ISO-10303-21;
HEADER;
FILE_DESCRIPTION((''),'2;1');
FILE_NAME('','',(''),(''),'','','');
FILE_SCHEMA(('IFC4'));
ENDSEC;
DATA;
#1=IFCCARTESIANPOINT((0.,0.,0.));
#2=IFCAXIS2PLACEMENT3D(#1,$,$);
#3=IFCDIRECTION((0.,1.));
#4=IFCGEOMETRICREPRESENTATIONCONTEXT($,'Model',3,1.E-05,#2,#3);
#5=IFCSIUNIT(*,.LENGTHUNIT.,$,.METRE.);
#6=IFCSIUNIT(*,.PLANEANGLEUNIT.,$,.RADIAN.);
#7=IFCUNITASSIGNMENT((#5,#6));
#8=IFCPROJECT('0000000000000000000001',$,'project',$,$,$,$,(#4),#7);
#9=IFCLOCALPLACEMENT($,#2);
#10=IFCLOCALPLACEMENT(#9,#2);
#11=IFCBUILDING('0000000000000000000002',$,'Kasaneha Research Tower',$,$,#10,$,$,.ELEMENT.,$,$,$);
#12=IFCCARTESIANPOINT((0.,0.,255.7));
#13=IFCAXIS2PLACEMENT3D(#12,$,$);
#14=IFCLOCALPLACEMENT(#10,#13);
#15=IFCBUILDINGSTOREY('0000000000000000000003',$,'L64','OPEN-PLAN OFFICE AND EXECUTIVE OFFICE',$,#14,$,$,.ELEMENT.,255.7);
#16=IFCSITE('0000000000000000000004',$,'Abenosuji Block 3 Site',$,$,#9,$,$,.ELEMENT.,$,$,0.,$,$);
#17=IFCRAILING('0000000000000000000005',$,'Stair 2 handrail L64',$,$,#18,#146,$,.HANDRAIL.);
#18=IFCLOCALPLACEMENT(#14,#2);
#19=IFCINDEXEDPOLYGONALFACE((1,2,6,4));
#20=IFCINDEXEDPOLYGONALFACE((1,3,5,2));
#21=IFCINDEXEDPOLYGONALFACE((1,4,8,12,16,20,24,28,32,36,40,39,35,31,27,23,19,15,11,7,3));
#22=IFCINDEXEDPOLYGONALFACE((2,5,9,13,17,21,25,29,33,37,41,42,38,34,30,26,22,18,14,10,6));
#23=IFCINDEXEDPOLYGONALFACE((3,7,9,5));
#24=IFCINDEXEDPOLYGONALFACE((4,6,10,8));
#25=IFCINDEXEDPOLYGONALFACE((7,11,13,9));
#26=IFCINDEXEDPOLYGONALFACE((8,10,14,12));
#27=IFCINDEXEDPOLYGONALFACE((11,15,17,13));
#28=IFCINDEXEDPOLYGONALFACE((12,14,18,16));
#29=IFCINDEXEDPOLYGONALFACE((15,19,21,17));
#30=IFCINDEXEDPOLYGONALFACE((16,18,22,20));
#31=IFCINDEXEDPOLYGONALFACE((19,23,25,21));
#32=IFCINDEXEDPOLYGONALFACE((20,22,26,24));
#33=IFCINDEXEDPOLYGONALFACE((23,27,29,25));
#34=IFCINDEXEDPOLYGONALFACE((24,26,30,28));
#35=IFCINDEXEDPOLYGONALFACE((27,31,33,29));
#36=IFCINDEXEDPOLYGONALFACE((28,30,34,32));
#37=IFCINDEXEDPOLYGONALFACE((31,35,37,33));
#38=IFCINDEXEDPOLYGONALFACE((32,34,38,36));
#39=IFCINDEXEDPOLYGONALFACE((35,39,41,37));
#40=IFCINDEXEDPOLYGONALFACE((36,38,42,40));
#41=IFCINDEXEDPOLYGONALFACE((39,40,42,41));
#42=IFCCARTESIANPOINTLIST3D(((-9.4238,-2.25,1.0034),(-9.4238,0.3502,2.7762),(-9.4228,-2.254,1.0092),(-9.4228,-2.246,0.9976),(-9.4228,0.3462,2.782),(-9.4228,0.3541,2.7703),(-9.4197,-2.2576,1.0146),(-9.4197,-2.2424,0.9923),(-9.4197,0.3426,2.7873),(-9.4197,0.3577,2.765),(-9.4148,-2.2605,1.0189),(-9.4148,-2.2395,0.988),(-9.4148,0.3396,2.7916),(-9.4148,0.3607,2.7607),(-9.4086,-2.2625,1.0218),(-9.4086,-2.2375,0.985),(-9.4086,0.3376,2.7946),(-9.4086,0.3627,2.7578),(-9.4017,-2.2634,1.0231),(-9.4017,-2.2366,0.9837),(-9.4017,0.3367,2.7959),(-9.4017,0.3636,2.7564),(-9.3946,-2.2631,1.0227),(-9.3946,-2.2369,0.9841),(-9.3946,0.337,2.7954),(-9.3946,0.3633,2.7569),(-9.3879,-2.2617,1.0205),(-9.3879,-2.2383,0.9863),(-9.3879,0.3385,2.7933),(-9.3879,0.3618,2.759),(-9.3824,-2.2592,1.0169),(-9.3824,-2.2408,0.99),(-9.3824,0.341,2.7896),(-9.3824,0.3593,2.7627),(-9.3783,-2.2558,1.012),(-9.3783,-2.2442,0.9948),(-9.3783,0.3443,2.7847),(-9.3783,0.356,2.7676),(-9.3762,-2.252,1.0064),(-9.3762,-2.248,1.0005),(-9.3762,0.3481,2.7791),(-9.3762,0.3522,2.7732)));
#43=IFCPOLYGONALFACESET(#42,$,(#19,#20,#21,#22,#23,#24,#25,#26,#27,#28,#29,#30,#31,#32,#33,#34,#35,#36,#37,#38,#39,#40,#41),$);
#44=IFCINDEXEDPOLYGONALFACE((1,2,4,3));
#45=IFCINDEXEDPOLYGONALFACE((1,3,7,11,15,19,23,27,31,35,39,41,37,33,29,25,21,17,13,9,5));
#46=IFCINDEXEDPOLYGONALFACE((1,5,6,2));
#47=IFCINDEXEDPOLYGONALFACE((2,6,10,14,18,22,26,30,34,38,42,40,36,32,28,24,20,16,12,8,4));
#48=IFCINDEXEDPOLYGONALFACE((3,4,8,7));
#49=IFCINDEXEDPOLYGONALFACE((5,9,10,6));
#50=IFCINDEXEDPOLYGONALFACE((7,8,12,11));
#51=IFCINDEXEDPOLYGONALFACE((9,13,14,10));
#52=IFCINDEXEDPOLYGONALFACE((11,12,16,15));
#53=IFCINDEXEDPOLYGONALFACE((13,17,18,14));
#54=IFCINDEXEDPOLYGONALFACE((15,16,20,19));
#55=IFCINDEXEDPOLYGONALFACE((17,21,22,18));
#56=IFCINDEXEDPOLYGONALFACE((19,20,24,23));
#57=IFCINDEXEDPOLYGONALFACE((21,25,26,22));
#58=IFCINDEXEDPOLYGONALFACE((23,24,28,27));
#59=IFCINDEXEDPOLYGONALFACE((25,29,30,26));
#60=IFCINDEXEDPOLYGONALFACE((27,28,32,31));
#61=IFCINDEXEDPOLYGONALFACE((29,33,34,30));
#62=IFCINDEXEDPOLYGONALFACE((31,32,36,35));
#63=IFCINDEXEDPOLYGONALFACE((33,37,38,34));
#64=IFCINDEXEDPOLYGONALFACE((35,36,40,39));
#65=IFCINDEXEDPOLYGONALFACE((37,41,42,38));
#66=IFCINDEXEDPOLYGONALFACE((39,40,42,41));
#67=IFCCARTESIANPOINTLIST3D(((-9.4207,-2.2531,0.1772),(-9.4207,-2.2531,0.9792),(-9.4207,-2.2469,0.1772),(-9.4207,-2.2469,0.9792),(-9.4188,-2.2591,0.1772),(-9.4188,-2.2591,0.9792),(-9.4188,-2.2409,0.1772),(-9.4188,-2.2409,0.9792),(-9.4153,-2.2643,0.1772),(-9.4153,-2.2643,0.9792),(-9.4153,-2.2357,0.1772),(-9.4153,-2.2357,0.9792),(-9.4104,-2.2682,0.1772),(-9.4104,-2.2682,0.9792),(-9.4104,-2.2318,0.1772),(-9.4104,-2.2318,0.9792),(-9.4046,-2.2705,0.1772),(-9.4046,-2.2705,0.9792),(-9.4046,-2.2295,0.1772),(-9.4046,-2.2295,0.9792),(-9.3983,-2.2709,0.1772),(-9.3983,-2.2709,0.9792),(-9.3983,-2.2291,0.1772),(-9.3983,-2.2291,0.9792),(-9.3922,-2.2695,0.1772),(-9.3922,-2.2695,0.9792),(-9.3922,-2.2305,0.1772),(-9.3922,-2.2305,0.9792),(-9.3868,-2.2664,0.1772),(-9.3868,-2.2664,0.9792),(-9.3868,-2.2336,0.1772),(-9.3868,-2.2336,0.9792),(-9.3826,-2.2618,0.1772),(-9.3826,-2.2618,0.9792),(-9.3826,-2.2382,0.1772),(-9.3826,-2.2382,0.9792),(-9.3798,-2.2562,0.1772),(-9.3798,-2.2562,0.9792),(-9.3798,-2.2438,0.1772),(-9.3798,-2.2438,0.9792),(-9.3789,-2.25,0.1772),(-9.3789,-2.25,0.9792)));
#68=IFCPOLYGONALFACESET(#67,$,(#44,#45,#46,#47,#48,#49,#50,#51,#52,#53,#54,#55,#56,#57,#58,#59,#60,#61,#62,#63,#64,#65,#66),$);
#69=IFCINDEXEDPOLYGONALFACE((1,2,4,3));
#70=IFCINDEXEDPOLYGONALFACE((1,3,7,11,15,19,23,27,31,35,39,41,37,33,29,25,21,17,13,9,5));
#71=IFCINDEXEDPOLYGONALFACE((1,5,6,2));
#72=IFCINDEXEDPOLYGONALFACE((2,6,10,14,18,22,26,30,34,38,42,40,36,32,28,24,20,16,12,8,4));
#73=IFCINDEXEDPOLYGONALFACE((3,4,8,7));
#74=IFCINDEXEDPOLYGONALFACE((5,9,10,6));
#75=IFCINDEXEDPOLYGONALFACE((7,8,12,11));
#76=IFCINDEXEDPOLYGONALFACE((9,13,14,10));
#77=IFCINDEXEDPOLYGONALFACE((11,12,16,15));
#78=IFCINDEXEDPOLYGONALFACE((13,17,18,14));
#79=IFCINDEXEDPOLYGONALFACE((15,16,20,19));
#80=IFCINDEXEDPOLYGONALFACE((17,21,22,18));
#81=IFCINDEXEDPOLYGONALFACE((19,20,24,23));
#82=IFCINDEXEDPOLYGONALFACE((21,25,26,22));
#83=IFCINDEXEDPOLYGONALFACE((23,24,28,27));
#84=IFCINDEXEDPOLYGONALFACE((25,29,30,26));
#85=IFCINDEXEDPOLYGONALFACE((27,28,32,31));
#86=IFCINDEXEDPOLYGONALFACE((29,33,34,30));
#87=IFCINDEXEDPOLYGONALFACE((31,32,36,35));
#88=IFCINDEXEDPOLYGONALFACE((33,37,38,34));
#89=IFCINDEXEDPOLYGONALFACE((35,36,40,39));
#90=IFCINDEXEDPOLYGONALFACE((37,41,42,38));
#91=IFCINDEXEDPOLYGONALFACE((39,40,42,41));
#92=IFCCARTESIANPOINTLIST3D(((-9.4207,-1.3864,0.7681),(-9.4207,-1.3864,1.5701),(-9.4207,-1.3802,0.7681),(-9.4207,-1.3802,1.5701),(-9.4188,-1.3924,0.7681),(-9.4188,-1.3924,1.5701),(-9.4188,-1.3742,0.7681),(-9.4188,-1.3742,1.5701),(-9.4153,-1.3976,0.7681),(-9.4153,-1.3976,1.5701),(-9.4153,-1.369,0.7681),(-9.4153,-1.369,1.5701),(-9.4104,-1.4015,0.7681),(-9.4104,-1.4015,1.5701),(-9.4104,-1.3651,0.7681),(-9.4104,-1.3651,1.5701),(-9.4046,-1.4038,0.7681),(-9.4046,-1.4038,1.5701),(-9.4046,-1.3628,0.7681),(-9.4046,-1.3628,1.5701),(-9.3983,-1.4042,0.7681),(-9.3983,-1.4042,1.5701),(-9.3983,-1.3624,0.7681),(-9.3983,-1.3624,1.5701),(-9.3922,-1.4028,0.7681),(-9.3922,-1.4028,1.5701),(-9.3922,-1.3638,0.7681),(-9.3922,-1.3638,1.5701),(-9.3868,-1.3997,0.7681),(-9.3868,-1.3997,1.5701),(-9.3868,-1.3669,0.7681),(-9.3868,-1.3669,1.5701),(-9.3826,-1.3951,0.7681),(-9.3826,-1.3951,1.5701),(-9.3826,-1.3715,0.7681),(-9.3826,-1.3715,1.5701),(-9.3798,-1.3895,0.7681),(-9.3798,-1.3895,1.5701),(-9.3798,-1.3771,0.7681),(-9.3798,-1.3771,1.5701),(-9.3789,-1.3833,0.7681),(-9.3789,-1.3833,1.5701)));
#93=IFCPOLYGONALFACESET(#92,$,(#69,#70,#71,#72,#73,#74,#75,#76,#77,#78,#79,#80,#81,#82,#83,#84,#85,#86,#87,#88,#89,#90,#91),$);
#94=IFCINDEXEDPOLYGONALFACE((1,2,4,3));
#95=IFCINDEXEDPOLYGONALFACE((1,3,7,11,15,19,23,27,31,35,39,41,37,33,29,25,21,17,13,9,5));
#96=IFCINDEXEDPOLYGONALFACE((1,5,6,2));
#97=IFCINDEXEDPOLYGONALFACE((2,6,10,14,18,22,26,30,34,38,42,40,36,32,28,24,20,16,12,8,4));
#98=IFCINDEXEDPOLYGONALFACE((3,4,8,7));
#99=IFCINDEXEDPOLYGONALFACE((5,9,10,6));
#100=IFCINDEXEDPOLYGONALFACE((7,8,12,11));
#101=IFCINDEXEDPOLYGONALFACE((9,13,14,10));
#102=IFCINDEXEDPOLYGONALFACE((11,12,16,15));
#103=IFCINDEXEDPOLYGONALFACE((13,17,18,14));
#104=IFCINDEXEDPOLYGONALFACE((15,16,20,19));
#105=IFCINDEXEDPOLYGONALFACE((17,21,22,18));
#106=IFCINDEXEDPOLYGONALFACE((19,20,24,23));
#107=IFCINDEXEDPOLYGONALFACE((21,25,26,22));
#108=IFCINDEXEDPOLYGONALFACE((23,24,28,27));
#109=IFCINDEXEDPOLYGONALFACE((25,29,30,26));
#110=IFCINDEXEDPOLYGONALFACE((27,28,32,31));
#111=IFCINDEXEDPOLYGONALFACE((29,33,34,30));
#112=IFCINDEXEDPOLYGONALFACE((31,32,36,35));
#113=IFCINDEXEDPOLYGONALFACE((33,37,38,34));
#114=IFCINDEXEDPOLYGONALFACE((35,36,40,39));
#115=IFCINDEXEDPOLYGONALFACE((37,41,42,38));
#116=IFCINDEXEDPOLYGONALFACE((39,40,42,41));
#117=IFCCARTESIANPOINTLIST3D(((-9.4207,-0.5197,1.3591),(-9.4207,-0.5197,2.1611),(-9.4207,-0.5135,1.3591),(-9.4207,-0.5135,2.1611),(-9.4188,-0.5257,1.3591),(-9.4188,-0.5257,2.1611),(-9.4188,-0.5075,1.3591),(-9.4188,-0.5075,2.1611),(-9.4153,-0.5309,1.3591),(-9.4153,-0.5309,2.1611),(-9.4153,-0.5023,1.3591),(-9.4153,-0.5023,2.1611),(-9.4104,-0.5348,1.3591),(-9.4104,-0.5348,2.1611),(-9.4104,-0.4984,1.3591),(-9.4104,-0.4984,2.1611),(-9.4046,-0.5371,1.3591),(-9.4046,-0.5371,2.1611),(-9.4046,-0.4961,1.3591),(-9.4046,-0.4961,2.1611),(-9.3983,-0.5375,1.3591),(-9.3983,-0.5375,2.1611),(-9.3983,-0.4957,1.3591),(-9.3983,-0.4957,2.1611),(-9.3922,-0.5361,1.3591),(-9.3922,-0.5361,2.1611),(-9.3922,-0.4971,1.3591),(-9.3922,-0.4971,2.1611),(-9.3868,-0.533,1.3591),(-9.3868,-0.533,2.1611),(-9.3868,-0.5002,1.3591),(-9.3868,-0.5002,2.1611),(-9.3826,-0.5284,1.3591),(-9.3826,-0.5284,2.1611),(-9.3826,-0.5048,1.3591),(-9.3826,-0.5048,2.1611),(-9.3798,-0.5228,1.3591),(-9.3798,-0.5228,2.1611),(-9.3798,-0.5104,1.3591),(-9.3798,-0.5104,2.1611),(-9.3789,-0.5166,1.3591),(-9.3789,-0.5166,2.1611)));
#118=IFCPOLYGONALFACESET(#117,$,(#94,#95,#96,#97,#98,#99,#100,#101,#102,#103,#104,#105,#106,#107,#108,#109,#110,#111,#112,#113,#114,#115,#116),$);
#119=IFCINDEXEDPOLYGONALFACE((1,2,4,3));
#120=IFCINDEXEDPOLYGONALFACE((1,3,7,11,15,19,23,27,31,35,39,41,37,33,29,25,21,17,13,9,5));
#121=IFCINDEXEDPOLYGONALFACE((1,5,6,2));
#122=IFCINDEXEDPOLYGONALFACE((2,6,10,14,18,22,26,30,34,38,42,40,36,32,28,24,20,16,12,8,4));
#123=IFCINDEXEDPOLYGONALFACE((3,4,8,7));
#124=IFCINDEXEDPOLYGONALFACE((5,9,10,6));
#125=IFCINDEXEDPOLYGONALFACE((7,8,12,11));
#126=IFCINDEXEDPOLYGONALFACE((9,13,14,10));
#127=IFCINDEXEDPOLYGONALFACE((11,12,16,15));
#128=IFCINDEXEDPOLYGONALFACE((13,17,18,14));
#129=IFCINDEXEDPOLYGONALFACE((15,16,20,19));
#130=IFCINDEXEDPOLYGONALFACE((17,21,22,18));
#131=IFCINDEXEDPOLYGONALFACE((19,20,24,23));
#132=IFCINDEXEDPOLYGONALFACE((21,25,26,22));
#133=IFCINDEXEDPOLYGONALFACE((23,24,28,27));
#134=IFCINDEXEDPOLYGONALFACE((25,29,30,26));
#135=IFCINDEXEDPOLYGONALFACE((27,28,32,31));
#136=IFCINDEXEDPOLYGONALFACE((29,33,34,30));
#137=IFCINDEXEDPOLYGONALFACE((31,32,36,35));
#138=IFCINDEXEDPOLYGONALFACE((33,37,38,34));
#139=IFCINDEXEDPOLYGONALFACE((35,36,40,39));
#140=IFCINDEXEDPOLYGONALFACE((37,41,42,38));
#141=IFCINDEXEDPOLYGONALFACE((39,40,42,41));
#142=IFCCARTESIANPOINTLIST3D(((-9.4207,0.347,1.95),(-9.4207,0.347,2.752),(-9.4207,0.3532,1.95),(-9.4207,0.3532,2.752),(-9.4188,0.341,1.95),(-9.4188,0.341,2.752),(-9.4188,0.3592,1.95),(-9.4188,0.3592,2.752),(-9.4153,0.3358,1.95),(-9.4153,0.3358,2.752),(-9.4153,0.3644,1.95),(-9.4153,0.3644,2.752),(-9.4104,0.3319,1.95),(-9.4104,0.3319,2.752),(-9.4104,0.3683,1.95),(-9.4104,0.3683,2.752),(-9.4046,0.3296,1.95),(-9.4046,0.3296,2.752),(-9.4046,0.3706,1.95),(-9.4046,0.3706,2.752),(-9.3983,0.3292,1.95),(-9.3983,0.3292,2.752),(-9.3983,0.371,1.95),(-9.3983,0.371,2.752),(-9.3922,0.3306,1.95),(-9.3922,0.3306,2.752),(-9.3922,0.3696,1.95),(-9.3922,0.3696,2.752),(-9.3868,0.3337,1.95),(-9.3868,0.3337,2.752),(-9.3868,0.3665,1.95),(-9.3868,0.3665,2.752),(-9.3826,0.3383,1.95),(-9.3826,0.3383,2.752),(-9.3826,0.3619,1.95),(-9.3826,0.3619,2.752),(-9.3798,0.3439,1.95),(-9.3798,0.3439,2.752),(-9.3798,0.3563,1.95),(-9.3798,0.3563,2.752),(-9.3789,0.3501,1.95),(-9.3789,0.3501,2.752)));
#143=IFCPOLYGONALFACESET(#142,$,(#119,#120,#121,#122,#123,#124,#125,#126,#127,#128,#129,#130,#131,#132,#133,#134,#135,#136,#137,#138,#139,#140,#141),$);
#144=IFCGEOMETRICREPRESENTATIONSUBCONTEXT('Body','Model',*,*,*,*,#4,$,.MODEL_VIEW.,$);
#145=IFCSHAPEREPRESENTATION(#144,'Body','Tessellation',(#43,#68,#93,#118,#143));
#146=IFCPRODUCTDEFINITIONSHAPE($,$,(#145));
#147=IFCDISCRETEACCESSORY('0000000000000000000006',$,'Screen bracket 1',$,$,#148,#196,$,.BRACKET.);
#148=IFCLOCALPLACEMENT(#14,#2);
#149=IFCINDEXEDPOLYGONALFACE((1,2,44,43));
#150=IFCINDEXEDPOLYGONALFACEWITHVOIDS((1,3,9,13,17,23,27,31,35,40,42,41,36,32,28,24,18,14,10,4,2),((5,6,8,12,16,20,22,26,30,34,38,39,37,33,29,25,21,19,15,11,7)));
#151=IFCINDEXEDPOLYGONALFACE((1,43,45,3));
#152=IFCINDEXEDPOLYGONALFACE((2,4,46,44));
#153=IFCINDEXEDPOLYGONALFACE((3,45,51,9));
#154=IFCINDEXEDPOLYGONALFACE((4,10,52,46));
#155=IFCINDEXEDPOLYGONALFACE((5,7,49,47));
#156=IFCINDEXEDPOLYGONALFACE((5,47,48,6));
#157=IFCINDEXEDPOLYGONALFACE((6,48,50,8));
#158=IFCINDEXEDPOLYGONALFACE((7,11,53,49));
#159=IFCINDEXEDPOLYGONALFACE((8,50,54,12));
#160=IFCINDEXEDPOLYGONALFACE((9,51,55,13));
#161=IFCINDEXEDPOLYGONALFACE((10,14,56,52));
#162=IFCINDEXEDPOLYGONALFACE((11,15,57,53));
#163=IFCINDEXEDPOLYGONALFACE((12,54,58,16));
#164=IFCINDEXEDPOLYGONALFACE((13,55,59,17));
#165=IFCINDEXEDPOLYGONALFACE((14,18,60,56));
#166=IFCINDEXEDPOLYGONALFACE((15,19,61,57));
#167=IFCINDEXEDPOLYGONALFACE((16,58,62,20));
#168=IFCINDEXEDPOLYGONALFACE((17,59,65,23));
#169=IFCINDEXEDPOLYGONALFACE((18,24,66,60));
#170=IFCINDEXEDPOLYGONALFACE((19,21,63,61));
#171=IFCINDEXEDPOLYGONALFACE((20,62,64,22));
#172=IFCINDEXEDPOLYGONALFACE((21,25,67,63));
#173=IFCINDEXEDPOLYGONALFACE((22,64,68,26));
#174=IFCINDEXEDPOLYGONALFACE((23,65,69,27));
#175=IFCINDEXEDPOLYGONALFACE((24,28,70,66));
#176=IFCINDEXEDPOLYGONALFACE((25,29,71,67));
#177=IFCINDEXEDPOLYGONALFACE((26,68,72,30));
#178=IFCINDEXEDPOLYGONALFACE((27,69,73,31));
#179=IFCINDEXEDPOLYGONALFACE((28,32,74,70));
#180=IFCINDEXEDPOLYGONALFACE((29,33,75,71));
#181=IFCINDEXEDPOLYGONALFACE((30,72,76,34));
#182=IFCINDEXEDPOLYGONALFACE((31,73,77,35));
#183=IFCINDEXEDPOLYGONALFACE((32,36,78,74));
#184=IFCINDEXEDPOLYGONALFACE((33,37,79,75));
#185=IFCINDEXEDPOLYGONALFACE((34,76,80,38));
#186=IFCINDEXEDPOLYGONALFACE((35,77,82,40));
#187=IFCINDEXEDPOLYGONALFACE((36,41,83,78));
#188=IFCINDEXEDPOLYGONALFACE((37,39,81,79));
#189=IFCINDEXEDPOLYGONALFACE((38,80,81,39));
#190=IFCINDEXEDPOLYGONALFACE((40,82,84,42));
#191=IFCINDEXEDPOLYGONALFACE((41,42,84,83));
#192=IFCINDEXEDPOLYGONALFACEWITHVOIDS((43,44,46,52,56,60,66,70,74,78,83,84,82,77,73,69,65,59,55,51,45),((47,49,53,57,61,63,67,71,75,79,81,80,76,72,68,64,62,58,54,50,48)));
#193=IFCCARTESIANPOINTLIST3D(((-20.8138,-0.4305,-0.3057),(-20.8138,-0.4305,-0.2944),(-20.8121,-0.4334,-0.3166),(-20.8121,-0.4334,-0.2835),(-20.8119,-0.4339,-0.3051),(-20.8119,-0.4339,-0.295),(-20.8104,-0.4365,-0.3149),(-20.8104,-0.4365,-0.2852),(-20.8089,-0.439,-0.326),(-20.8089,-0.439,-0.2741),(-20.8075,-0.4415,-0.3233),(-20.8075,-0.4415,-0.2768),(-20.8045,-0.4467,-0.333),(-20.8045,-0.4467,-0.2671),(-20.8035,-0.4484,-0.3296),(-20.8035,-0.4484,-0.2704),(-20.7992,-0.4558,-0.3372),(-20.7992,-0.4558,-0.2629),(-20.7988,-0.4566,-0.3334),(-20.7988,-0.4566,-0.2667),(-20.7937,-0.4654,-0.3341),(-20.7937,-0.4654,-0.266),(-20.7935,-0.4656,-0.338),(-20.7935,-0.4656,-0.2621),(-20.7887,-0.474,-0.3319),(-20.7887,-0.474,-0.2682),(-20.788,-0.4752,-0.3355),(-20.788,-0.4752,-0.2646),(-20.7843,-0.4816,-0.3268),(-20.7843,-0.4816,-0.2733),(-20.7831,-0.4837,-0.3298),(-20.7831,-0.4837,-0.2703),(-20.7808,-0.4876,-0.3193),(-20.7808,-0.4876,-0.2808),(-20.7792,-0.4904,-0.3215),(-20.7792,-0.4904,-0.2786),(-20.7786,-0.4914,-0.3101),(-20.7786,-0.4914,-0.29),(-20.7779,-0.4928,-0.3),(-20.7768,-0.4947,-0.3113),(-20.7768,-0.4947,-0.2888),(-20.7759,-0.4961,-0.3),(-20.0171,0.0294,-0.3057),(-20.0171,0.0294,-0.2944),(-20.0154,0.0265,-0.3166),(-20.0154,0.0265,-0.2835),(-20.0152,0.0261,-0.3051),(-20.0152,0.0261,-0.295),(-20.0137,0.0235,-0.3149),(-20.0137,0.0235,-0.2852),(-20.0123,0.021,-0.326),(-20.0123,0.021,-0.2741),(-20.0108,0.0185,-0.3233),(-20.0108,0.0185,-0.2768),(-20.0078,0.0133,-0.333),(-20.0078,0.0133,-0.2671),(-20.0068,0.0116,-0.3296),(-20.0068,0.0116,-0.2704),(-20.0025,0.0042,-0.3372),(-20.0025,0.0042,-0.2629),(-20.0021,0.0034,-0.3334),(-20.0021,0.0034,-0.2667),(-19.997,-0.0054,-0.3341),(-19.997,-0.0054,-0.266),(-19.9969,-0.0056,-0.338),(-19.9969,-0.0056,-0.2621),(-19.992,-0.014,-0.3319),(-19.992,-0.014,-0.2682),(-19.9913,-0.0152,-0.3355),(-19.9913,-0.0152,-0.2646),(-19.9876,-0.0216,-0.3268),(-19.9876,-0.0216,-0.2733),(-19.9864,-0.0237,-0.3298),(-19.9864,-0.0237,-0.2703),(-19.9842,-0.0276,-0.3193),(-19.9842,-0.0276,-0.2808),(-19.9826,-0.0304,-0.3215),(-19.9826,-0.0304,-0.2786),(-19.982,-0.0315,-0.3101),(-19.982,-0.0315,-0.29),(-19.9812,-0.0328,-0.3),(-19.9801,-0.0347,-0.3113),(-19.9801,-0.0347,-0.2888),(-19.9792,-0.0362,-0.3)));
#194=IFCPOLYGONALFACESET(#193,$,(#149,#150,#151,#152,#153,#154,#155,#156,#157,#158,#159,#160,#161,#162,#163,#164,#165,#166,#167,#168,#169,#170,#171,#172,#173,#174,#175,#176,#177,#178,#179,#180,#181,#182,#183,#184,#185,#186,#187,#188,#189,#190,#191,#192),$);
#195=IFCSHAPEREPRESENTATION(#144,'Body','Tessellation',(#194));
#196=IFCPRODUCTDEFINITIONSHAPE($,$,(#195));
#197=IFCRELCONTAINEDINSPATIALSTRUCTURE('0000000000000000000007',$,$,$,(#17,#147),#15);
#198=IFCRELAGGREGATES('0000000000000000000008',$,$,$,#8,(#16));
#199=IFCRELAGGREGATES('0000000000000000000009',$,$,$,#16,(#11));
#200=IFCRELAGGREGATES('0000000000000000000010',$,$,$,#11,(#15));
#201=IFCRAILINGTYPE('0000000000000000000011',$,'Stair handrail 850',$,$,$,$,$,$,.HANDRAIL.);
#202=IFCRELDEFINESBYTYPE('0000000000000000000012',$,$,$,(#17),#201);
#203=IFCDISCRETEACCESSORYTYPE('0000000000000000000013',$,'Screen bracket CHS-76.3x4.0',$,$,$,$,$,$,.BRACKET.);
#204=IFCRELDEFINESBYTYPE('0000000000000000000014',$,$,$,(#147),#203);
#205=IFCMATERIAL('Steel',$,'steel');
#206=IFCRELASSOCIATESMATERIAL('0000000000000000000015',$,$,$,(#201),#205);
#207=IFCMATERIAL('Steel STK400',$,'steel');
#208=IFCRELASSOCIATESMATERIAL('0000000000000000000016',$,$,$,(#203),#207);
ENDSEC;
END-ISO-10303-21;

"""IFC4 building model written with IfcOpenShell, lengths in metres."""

from ifc_helpers import new_model, si_unit, direction, frame, origin, origin_2d, place, context, subcontext, project, spatial, circle, hollow_circle, extrude, material, material_profile, profile_set, type_object, element, save


model = new_model("IFC4")

# Units and contexts
model_context = context("Model", 3, precision=1e-05, world=origin(), true_north=direction((0.0, 1.0)))
body_context = subcontext(model_context, "Body", "Model", "MODEL_VIEW")
ifc_project = project(units=[si_unit("LENGTHUNIT", "METRE"), si_unit("PLANEANGLEUNIT", "RADIAN")], contexts=[model_context])

# Site, building, storey
site_placement = place(None, origin())
site = spatial("IfcSite", under=ifc_project, at=site_placement, Name="Abenosuji Block 3 Site", CompositionType="ELEMENT", RefElevation=0.0)
building_placement = place(site_placement, origin())
building = spatial("IfcBuilding", under=site, at=building_placement, Name="Kasaneha Research Tower", CompositionType="ELEMENT")
storey_placement = place(building_placement, frame((0.0, 0.0, 255.7)))
storey = spatial("IfcBuildingStorey", under=building, at=storey_placement, Name="L64", Description="OPEN-PLAN OFFICE AND EXECUTIVE OFFICE", CompositionType="ELEMENT", Elevation=255.7)

# Railing
ifc_material_1 = material(Name="Steel", Category="steel")
railing_type = type_object("IfcRailingType", Name="Stair handrail 850", PredefinedType="HANDRAIL", material=ifc_material_1)
railing_placement = place(storey_placement, frame((-9.3999, -2.25, 0.1772)))
element("IfcRailing", 1, at=railing_placement, inside=storey, type_object=railing_type, Name="Stair 2 handrail L64", PredefinedType="HANDRAIL", context=body_context, shape_type="SweptSolid", body=[
    extrude(circle(Radius=0.0239, at=origin_2d()), frame((0.0, 0.0, 0.8262), z_axis=(0.0, 0.82624, 0.563318), x_axis=(-1.0, 0.0, 0.0)), (0.0, 0.0, 1.0), 3.147),
    extrude(circle(Radius=0.021, at=origin_2d()), origin(), (0.0, 0.0, 1.0), 0.802),
    extrude(circle(Radius=0.021, at=origin_2d()), frame((0.0, 0.8667, 0.5908)), (0.0, 0.0, 1.0), 0.802),
    extrude(circle(Radius=0.021, at=origin_2d()), frame((0.0, 1.7334, 1.1819)), (0.0, 0.0, 1.0), 0.802),
    extrude(circle(Radius=0.021, at=origin_2d()), frame((0.0, 2.6001, 1.7727)), (0.0, 0.0, 1.0), 0.802),
])

# Discrete accessory
ifc_material_2 = material(Name="Steel STK400", Category="steel")
ifc_material_profile_1 = material_profile(ifc_material_2, hollow_circle(Radius=0.0381, WallThickness=0.0039, at=origin_2d()), Name="CHS-76.3x4.0")
ifc_profile_set_1 = profile_set([ifc_material_profile_1], Name="Steel STK400")
discrete_accessory_type = type_object("IfcDiscreteAccessoryType", Name="Screen bracket CHS-76.3x4.0", PredefinedType="BRACKET", material=ifc_profile_set_1)
discrete_accessory_placement = place(storey_placement, frame((-19.9983, -0.0032, -0.3), z_axis=(-0.866013, -0.500021, 0.0), x_axis=(0.500021, -0.866013, 0.0)))
element("IfcDiscreteAccessory", 2, at=discrete_accessory_placement, inside=storey, type_object=discrete_accessory_type, Name="Screen bracket 1", PredefinedType="BRACKET", context=body_context, shape_type="SweptSolid", body=[
    extrude(hollow_circle(Radius=0.0381, WallThickness=0.0039, at=origin_2d()), origin(), (0.0, 0.0, 1.0), 0.9199),
])

save(model, "model.ifc")
